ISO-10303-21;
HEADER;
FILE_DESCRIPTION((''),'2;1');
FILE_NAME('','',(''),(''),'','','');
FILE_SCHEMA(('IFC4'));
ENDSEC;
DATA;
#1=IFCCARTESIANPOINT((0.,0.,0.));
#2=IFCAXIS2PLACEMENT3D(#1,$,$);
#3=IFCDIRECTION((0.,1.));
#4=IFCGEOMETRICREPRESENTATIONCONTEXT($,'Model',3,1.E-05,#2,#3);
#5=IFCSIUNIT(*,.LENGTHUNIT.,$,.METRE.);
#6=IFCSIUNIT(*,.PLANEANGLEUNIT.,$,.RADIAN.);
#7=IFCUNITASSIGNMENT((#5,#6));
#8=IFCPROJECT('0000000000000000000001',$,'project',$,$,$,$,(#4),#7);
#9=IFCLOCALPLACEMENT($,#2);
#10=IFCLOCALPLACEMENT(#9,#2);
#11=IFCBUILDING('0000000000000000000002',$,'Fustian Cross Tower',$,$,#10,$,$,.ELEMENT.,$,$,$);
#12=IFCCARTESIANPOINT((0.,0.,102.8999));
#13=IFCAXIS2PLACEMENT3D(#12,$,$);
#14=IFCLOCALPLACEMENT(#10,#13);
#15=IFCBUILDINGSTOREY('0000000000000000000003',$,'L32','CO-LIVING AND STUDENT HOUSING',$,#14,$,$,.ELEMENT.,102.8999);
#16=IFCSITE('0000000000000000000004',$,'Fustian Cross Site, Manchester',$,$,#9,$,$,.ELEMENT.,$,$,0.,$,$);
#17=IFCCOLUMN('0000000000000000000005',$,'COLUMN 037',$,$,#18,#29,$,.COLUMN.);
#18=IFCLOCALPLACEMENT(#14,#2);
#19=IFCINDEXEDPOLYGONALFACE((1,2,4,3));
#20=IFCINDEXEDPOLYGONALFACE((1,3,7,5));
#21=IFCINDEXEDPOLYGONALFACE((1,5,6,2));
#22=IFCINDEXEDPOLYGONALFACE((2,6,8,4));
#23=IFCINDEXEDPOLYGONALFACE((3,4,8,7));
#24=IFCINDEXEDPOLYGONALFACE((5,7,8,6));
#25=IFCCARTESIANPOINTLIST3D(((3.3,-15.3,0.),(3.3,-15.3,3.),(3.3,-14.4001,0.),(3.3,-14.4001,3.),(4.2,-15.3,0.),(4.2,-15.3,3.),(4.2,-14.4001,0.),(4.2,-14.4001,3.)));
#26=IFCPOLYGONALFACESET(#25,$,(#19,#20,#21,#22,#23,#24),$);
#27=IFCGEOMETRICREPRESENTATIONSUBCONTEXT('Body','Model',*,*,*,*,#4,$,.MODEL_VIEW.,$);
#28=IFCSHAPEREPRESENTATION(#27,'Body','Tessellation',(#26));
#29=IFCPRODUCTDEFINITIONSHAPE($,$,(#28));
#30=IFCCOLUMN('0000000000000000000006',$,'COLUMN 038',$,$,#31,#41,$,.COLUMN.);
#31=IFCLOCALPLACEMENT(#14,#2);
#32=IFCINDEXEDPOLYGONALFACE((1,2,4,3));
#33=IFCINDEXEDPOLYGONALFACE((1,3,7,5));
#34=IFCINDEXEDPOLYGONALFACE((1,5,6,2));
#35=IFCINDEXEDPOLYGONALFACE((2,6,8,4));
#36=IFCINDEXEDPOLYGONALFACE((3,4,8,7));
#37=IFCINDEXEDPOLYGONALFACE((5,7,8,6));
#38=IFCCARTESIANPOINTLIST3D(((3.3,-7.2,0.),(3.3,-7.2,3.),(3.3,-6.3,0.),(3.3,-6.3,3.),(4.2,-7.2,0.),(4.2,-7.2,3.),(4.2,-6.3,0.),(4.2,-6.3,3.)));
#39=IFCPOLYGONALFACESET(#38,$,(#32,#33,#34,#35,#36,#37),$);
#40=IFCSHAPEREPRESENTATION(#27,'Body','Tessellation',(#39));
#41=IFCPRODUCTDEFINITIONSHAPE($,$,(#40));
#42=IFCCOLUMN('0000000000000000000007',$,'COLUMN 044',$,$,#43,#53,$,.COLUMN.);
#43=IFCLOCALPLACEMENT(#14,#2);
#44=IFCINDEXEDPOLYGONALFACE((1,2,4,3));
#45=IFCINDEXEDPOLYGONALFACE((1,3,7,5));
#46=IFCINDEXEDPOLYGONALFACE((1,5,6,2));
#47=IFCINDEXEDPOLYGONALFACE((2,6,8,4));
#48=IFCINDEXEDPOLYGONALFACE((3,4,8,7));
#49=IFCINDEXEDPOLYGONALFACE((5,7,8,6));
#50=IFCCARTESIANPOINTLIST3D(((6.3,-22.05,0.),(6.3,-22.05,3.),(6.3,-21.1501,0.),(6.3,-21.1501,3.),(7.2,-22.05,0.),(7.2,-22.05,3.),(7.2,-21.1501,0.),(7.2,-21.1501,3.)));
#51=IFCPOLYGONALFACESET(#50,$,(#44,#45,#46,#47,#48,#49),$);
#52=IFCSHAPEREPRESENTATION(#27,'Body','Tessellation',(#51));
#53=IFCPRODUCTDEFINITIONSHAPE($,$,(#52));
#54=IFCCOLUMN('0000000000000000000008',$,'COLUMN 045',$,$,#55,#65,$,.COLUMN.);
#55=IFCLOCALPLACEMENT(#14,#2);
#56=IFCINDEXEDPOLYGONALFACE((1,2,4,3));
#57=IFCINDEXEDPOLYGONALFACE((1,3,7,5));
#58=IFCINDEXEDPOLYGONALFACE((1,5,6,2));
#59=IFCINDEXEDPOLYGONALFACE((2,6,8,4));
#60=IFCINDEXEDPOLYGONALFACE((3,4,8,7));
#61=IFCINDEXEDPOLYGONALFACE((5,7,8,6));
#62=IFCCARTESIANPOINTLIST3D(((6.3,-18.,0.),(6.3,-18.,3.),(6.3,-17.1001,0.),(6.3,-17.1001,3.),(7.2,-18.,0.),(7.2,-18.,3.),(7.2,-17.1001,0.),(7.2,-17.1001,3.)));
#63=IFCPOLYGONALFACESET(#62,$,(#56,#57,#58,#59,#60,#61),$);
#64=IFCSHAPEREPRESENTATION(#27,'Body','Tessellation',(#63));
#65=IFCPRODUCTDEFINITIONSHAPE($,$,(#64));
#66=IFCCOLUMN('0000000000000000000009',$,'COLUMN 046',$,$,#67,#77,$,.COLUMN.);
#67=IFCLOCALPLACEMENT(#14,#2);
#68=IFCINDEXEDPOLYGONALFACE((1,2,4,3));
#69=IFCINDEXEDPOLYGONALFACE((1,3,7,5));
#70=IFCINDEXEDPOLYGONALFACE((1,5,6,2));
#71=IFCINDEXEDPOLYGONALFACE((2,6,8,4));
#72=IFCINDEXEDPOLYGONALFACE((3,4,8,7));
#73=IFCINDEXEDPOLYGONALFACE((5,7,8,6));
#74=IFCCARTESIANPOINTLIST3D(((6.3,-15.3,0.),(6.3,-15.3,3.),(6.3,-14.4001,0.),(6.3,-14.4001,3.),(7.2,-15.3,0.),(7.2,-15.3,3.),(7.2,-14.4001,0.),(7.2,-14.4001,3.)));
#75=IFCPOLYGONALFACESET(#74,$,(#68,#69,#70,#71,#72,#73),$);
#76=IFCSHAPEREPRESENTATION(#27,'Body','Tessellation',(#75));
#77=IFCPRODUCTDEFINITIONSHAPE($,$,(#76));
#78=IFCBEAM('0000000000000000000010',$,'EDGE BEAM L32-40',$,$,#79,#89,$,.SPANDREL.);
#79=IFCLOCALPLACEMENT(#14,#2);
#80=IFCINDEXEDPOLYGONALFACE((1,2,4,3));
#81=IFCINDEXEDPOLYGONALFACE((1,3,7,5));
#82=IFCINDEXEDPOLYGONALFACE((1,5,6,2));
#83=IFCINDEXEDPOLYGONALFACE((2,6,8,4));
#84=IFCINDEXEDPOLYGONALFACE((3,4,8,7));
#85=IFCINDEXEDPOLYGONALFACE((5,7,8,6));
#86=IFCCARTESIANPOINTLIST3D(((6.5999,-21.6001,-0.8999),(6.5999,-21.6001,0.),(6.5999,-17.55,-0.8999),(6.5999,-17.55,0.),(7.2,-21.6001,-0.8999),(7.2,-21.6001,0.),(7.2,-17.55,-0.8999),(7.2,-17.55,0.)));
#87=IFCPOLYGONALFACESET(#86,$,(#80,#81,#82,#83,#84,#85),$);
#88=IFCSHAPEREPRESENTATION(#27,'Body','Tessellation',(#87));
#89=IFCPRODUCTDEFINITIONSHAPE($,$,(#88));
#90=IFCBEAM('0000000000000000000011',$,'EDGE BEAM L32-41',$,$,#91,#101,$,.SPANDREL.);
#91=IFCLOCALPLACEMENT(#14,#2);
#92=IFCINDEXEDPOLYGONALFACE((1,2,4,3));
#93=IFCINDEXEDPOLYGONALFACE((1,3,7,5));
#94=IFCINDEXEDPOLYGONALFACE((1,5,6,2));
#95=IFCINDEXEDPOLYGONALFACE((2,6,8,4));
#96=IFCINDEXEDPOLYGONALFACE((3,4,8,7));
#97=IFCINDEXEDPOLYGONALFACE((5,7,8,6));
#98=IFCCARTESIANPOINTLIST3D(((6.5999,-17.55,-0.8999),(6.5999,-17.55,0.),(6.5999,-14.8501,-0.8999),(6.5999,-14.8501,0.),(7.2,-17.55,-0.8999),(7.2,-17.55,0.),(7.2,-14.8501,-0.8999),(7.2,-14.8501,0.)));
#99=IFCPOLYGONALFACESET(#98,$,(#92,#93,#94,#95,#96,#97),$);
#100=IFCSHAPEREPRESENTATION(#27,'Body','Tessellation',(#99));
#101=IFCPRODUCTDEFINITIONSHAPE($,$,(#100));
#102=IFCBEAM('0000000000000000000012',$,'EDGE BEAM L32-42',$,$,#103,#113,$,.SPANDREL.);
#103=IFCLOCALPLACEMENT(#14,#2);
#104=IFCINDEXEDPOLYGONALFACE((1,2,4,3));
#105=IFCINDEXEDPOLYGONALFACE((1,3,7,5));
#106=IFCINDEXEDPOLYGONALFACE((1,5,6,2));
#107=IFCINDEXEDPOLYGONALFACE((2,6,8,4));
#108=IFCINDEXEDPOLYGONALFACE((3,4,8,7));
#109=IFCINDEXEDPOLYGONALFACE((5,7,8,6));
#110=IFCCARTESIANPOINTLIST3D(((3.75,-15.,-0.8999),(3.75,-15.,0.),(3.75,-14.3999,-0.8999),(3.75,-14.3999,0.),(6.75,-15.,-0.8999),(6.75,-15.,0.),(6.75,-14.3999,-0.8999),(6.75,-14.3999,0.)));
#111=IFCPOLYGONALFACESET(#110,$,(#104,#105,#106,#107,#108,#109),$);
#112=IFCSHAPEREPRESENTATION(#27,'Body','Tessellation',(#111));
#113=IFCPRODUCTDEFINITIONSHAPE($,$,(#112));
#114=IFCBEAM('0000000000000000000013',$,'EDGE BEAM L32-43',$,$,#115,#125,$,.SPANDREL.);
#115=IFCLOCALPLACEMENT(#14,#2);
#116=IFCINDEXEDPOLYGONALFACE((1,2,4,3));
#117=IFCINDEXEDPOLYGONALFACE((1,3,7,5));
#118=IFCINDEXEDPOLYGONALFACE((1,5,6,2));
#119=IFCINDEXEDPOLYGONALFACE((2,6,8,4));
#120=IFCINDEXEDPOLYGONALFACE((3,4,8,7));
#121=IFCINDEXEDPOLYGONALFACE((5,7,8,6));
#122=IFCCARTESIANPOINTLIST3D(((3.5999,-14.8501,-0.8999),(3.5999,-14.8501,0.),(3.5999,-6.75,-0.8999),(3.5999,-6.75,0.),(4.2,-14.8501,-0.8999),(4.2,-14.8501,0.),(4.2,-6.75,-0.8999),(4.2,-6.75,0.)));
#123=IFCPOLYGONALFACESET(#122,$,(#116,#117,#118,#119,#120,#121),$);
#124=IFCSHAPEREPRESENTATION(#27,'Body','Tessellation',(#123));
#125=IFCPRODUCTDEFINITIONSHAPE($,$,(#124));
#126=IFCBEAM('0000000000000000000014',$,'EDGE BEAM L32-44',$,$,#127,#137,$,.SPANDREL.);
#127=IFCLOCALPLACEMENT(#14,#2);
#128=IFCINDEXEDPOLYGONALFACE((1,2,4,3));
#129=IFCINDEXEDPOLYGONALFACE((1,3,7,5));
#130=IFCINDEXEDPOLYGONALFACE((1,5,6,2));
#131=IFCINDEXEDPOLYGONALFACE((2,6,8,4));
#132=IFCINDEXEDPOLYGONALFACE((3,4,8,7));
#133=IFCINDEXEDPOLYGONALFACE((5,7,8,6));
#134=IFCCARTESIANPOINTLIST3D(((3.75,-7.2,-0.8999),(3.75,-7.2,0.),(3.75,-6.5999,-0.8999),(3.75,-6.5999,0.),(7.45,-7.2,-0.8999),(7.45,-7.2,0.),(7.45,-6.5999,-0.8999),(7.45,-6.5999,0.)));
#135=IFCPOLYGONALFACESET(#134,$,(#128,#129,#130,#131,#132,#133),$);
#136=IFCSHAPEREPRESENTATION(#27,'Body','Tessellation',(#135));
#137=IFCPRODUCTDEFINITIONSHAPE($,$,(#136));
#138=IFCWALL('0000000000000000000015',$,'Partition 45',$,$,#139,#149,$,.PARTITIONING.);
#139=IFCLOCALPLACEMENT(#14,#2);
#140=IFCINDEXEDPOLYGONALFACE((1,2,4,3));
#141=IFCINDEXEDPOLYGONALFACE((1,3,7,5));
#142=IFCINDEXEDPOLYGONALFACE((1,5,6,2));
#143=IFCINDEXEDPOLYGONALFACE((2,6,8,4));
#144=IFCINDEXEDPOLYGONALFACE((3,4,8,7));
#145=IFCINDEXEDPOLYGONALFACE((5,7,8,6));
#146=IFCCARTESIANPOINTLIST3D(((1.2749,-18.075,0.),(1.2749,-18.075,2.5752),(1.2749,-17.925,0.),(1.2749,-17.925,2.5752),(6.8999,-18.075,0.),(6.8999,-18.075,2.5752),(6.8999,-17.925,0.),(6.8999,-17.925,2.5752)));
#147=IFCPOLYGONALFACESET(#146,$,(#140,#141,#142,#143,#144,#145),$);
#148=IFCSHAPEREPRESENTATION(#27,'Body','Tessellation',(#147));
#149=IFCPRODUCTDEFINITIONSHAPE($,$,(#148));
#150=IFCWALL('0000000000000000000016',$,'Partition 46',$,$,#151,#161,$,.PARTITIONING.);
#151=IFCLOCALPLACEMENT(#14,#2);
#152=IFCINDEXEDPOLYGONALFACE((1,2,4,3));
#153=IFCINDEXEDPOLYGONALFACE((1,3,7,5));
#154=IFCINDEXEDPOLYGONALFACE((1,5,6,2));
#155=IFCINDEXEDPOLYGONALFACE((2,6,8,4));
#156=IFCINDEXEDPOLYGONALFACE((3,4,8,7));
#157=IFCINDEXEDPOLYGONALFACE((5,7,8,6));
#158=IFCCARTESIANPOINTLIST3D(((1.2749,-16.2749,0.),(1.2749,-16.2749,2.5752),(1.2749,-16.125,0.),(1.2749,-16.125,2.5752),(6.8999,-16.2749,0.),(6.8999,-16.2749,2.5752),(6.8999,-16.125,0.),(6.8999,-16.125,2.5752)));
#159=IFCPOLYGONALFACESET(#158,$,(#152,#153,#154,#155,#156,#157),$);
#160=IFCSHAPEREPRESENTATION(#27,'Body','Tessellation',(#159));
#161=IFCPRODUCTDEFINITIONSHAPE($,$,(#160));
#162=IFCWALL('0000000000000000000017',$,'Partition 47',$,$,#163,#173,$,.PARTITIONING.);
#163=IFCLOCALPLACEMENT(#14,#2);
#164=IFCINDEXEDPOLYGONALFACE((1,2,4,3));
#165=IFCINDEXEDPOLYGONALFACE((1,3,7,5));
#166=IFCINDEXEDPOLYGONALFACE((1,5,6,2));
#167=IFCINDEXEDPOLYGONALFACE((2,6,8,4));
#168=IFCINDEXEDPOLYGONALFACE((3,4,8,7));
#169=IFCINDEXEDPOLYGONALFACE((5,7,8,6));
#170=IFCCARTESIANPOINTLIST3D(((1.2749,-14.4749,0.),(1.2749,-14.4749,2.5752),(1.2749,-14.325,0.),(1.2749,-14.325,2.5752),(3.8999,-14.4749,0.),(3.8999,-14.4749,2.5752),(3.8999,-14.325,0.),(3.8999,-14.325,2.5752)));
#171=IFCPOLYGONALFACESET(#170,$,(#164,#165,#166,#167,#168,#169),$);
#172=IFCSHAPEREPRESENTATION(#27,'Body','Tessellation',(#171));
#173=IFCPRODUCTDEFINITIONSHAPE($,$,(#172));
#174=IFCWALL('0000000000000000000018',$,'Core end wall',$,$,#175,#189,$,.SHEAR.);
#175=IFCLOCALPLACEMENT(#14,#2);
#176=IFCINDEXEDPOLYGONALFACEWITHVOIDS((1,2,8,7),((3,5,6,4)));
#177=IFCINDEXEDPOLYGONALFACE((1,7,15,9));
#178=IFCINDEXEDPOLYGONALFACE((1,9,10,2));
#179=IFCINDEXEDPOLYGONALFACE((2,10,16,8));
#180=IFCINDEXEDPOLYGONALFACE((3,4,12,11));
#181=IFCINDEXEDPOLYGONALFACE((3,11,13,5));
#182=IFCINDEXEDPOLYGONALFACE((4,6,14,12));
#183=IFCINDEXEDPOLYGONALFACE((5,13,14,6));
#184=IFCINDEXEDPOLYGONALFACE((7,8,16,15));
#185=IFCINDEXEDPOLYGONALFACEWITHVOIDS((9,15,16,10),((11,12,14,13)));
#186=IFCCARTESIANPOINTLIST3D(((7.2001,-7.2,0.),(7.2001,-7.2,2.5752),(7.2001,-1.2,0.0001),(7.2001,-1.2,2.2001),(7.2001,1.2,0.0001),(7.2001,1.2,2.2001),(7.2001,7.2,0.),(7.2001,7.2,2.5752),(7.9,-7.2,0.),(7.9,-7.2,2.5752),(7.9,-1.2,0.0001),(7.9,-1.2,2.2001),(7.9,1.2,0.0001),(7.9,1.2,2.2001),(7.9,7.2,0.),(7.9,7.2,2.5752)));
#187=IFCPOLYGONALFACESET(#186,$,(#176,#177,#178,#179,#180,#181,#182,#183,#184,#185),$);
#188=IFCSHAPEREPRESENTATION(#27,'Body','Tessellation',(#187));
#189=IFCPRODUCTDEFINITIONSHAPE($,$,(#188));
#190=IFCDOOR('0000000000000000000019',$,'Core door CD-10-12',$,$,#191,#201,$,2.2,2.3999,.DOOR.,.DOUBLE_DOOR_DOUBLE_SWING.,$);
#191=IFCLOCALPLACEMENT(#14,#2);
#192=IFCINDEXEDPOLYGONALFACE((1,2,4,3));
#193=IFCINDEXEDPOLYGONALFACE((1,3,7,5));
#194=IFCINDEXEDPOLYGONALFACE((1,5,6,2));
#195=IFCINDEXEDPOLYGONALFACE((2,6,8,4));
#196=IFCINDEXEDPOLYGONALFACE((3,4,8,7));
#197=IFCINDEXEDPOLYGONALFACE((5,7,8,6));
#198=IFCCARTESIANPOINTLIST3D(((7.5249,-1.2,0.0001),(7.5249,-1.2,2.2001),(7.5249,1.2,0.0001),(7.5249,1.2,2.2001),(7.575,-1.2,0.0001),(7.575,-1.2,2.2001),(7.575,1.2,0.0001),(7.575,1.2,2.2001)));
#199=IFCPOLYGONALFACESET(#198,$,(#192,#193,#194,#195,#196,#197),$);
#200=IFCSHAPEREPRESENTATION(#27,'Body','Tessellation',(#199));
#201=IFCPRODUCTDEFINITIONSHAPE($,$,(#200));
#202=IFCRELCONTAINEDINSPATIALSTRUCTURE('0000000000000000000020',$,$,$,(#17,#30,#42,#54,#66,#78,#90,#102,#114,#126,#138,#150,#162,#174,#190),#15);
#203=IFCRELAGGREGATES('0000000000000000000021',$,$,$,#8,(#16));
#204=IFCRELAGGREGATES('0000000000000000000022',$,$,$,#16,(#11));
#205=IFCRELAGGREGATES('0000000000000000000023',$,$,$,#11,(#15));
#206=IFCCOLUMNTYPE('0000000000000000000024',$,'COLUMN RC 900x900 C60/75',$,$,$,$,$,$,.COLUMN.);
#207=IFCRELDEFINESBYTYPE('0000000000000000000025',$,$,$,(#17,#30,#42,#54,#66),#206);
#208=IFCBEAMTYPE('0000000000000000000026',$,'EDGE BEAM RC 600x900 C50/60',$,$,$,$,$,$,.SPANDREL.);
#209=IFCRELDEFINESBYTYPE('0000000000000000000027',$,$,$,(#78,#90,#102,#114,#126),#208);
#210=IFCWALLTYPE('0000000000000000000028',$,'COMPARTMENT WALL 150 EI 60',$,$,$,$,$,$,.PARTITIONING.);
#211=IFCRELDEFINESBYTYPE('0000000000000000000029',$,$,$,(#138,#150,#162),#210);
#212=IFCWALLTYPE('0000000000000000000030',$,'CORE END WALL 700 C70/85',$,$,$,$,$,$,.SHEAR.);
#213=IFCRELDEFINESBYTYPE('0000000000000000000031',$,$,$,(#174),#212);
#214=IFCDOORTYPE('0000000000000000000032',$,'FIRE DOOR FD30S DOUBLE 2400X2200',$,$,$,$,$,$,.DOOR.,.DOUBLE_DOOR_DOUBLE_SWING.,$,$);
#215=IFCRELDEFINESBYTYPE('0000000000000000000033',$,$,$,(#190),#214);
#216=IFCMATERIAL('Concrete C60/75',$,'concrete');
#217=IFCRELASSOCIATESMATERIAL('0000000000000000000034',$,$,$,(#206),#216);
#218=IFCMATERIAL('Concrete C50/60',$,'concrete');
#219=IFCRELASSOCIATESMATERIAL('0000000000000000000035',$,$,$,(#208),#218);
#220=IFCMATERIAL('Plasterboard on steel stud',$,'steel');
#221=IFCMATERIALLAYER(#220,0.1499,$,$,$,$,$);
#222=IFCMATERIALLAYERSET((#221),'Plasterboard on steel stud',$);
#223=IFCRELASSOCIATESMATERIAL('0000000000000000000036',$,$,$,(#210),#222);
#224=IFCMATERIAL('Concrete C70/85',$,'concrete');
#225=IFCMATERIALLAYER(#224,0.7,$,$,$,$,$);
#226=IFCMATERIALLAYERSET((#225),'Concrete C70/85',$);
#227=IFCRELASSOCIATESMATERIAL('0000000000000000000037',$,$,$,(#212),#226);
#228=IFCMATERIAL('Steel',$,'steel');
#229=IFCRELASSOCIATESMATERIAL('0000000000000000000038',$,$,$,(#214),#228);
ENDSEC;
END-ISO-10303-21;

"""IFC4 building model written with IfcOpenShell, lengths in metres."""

from ifc_helpers import new_model, si_unit, direction, frame, frame_2d, origin, origin_2d, place, context, subcontext, project, spatial, rectangle, extrude, material, layer, layer_set, material_profile, profile_set, type_object, element, fill, save


model = new_model("IFC4")

# Units and contexts
model_context = context("Model", 3, precision=1e-05, world=origin(), true_north=direction((0.0, 1.0)))
body_context = subcontext(model_context, "Body", "Model", "MODEL_VIEW")
ifc_project = project(units=[si_unit("LENGTHUNIT", "METRE"), si_unit("PLANEANGLEUNIT", "RADIAN")], contexts=[model_context])

# Site, building, storey
site_placement = place(None, origin())
site = spatial("IfcSite", under=ifc_project, at=site_placement, Name="Fustian Cross Site, Manchester", CompositionType="ELEMENT", RefElevation=0.0)
building_placement = place(site_placement, origin())
building = spatial("IfcBuilding", under=site, at=building_placement, Name="Fustian Cross Tower", CompositionType="ELEMENT")
storey_placement = place(building_placement, frame((0.0, 0.0, 102.8999)))
storey = spatial("IfcBuildingStorey", under=building, at=storey_placement, Name="L32", Description="CO-LIVING AND STUDENT HOUSING", CompositionType="ELEMENT", Elevation=102.8999)

# Columns
ifc_material_1 = material(Name="Concrete C60/75", Category="concrete")
ifc_material_profile_1 = material_profile(ifc_material_1, rectangle(XDim=0.8999, YDim=0.8999, at=origin_2d()), Name="RC 900x900")
ifc_profile_set_1 = profile_set([ifc_material_profile_1], Name="Concrete C60/75")
column_type = type_object("IfcColumnType", Name="COLUMN RC 900x900 C60/75", PredefinedType="COLUMN", material=ifc_profile_set_1)
for number, where, z_axis, x_axis, name in (
    (1, (3.75, -14.8501, 0.0), (0.0, 0.0, 1.0), (1.0, 0.0, 0.0), "COLUMN 037"),
    (2, (3.75, -6.75, 0.0), (0.0, 0.0, 1.0), (1.0, 0.0, 0.0), "COLUMN 038"),
    (3, (6.75, -21.6001, 0.0), (0.0, 0.0, 1.0), (1.0, 0.0, 0.0), "COLUMN 044"),
    (4, (6.75, -17.55, 0.0), (0.0, 0.0, 1.0), (1.0, 0.0, 0.0), "COLUMN 045"),
    (5, (6.75, -14.8501, 0.0), (0.0, 0.0, 1.0), (1.0, 0.0, 0.0), "COLUMN 046"),
):
    element("IfcColumn", number, at=place(storey_placement, frame(where, z_axis=z_axis, x_axis=x_axis)), inside=storey, type_object=column_type, Name=name, PredefinedType="COLUMN", context=body_context, shape_type="SweptSolid", body=[
        extrude(rectangle(XDim=0.8999, YDim=0.8999, at=origin_2d()), origin(), (0.0, 0.0, 1.0), 3.0),
    ])

# Beams
ifc_material_2 = material(Name="Concrete C50/60", Category="concrete")
ifc_material_profile_2 = material_profile(ifc_material_2, rectangle(XDim=0.6001, YDim=0.8999, at=origin_2d()), Name="RC 600x900")
ifc_profile_set_2 = profile_set([ifc_material_profile_2], Name="Concrete C50/60")
beam_type = type_object("IfcBeamType", Name="EDGE BEAM RC 600x900 C50/60", PredefinedType="SPANDREL", material=ifc_profile_set_2)
beam_1_placement = place(storey_placement, frame((6.8999, -21.6001, -0.45), z_axis=(0.0, 1.0, 0.0), x_axis=(-1.0, 0.0, 0.0)))
element("IfcBeam", 6, at=beam_1_placement, inside=storey, type_object=beam_type, Name="EDGE BEAM L32-40", PredefinedType="SPANDREL", context=body_context, shape_type="SweptSolid", body=[
    extrude(rectangle(XDim=0.6001, YDim=0.8999, at=origin_2d()), origin(), (0.0, 0.0, 1.0), 4.05),
])
beam_2_placement = place(storey_placement, frame((6.8999, -17.55, -0.45), z_axis=(0.0, 1.0, 0.0), x_axis=(-1.0, 0.0, 0.0)))
element("IfcBeam", 7, at=beam_2_placement, inside=storey, type_object=beam_type, Name="EDGE BEAM L32-41", PredefinedType="SPANDREL", context=body_context, shape_type="SweptSolid", body=[
    extrude(rectangle(XDim=0.6001, YDim=0.8999, at=origin_2d()), origin(), (0.0, 0.0, 1.0), 2.7),
])
beam_3_placement = place(storey_placement, frame((6.75, -14.7, -0.45), z_axis=(-1.0, 0.0, 0.0), x_axis=(0.0, -1.0, 0.0)))
element("IfcBeam", 8, at=beam_3_placement, inside=storey, type_object=beam_type, Name="EDGE BEAM L32-42", PredefinedType="SPANDREL", context=body_context, shape_type="SweptSolid", body=[
    extrude(rectangle(XDim=0.6001, YDim=0.8999, at=origin_2d()), origin(), (0.0, 0.0, 1.0), 3.0),
])
beam_4_placement = place(storey_placement, frame((3.8999, -14.8501, -0.45), z_axis=(0.0, 1.0, 0.0), x_axis=(-1.0, 0.0, 0.0)))
element("IfcBeam", 9, at=beam_4_placement, inside=storey, type_object=beam_type, Name="EDGE BEAM L32-43", PredefinedType="SPANDREL", context=body_context, shape_type="SweptSolid", body=[
    extrude(rectangle(XDim=0.6001, YDim=0.8999, at=origin_2d()), origin(), (0.0, 0.0, 1.0), 8.1001),
])
beam_5_placement = place(storey_placement, frame((3.75, -6.8999, -0.45), z_axis=(1.0, 0.0, 0.0), x_axis=(0.0, 1.0, 0.0)))
element("IfcBeam", 10, at=beam_5_placement, inside=storey, type_object=beam_type, Name="EDGE BEAM L32-44", PredefinedType="SPANDREL", context=body_context, shape_type="SweptSolid", body=[
    extrude(rectangle(XDim=0.6001, YDim=0.8999, at=origin_2d()), origin(), (0.0, 0.0, 1.0), 3.7),
])

# Walls
ifc_material_3 = material(Name="Plasterboard on steel stud", Category="steel")
ifc_layer_1 = layer(ifc_material_3, 0.1499)
ifc_layer_set_1 = layer_set([ifc_layer_1], Name="Plasterboard on steel stud")
wall_type_1 = type_object("IfcWallType", Name="COMPARTMENT WALL 150 EI 60", PredefinedType="PARTITIONING", material=ifc_layer_set_1)
for number, where, z_axis, x_axis, name in (
    (11, (1.2749, -18.0, 0.0), (0.0, 0.0, 1.0), (1.0, 0.0, 0.0), "Partition 45"),
    (12, (1.2749, -16.2, 0.0), (0.0, 0.0, 1.0), (1.0, 0.0, 0.0), "Partition 46"),
):
    element("IfcWall", number, at=place(storey_placement, frame(where, z_axis=z_axis, x_axis=x_axis)), inside=storey, type_object=wall_type_1, Name=name, PredefinedType="PARTITIONING", context=body_context, shape_type="SweptSolid", body=[
        extrude(rectangle(XDim=5.625, YDim=0.1499, at=frame_2d((2.8125, 0.0))), origin(), (0.0, 0.0, 1.0), 2.5752),
    ])
wall_1_placement = place(storey_placement, frame((1.2749, -14.3999, 0.0), z_axis=(0.0, 0.0, 1.0), x_axis=(1.0, 0.0, 0.0)))
element("IfcWall", 13, at=wall_1_placement, inside=storey, type_object=wall_type_1, Name="Partition 47", PredefinedType="PARTITIONING", context=body_context, shape_type="SweptSolid", body=[
    extrude(rectangle(XDim=2.625, YDim=0.1499, at=frame_2d((1.3125, 0.0))), origin(), (0.0, 0.0, 1.0), 2.5752),
])

# Wall, opening, door
ifc_material_4 = material(Name="Concrete C70/85", Category="concrete")
ifc_layer_2 = layer(ifc_material_4, 0.7)
ifc_layer_set_2 = layer_set([ifc_layer_2], Name="Concrete C70/85")
wall_type_2 = type_object("IfcWallType", Name="CORE END WALL 700 C70/85", PredefinedType="SHEAR", material=ifc_layer_set_2)
wall_2_placement = place(storey_placement, frame((7.55, -7.2, 0.0), z_axis=(0.0, 0.0, 1.0), x_axis=(0.0, 1.0, 0.0)))
wall_2 = element("IfcWall", 14, at=wall_2_placement, inside=storey, type_object=wall_type_2, Name="Core end wall", PredefinedType="SHEAR", context=body_context, shape_type="SweptSolid", body=[
    extrude(rectangle(XDim=14.3999, YDim=0.7, at=frame_2d((7.2, 0.0))), origin(), (0.0, 0.0, 1.0), 2.5752),
])
opening_1_placement = place(wall_2_placement, frame((6.0, 0.0, 0.0)))
opening_1 = element("IfcOpeningElement", 15, at=opening_1_placement, cuts=wall_2, PredefinedType="OPENING", context=body_context, shape_type="SweptSolid", body=[
    extrude(rectangle(XDim=2.3999, YDim=2.2, at=frame_2d((1.2, 1.1001))), frame((0.0, 0.3599, 0.0), z_axis=(0.0, -1.0, 0.0), x_axis=(1.0, 0.0, 0.0)), (0.0, 0.0, 1.0), 0.72),
])
ifc_material_5 = material(Name="Steel", Category="steel")
door_type_1 = type_object("IfcDoorType", Name="FIRE DOOR FD30S DOUBLE 2400X2200", OperationType="DOUBLE_DOOR_DOUBLE_SWING", PredefinedType="DOOR", material=ifc_material_5)
door_1_placement = place(opening_1_placement, frame((2.3999, 0.0, 0.0), z_axis=(0.0, 0.0, 1.0), x_axis=(-1.0, 0.0, 0.0)))
door_1 = element("IfcDoor", 16, at=door_1_placement, inside=storey, type_object=door_type_1, Name="Core door CD-10-12", OperationType="DOUBLE_DOOR_DOUBLE_SWING", OverallHeight=2.2, OverallWidth=2.3999, PredefinedType="DOOR", context=body_context, shape_type="SweptSolid", body=[
    extrude(rectangle(XDim=2.3999, YDim=2.2, at=frame_2d((1.2, 1.1001))), frame((0.0, 0.0249, 0.0), z_axis=(0.0, -1.0, 0.0), x_axis=(1.0, 0.0, 0.0)), (0.0, 0.0, 1.0), 0.05),
])
fill(opening_1, door_1)

save(model, "model.ifc")
